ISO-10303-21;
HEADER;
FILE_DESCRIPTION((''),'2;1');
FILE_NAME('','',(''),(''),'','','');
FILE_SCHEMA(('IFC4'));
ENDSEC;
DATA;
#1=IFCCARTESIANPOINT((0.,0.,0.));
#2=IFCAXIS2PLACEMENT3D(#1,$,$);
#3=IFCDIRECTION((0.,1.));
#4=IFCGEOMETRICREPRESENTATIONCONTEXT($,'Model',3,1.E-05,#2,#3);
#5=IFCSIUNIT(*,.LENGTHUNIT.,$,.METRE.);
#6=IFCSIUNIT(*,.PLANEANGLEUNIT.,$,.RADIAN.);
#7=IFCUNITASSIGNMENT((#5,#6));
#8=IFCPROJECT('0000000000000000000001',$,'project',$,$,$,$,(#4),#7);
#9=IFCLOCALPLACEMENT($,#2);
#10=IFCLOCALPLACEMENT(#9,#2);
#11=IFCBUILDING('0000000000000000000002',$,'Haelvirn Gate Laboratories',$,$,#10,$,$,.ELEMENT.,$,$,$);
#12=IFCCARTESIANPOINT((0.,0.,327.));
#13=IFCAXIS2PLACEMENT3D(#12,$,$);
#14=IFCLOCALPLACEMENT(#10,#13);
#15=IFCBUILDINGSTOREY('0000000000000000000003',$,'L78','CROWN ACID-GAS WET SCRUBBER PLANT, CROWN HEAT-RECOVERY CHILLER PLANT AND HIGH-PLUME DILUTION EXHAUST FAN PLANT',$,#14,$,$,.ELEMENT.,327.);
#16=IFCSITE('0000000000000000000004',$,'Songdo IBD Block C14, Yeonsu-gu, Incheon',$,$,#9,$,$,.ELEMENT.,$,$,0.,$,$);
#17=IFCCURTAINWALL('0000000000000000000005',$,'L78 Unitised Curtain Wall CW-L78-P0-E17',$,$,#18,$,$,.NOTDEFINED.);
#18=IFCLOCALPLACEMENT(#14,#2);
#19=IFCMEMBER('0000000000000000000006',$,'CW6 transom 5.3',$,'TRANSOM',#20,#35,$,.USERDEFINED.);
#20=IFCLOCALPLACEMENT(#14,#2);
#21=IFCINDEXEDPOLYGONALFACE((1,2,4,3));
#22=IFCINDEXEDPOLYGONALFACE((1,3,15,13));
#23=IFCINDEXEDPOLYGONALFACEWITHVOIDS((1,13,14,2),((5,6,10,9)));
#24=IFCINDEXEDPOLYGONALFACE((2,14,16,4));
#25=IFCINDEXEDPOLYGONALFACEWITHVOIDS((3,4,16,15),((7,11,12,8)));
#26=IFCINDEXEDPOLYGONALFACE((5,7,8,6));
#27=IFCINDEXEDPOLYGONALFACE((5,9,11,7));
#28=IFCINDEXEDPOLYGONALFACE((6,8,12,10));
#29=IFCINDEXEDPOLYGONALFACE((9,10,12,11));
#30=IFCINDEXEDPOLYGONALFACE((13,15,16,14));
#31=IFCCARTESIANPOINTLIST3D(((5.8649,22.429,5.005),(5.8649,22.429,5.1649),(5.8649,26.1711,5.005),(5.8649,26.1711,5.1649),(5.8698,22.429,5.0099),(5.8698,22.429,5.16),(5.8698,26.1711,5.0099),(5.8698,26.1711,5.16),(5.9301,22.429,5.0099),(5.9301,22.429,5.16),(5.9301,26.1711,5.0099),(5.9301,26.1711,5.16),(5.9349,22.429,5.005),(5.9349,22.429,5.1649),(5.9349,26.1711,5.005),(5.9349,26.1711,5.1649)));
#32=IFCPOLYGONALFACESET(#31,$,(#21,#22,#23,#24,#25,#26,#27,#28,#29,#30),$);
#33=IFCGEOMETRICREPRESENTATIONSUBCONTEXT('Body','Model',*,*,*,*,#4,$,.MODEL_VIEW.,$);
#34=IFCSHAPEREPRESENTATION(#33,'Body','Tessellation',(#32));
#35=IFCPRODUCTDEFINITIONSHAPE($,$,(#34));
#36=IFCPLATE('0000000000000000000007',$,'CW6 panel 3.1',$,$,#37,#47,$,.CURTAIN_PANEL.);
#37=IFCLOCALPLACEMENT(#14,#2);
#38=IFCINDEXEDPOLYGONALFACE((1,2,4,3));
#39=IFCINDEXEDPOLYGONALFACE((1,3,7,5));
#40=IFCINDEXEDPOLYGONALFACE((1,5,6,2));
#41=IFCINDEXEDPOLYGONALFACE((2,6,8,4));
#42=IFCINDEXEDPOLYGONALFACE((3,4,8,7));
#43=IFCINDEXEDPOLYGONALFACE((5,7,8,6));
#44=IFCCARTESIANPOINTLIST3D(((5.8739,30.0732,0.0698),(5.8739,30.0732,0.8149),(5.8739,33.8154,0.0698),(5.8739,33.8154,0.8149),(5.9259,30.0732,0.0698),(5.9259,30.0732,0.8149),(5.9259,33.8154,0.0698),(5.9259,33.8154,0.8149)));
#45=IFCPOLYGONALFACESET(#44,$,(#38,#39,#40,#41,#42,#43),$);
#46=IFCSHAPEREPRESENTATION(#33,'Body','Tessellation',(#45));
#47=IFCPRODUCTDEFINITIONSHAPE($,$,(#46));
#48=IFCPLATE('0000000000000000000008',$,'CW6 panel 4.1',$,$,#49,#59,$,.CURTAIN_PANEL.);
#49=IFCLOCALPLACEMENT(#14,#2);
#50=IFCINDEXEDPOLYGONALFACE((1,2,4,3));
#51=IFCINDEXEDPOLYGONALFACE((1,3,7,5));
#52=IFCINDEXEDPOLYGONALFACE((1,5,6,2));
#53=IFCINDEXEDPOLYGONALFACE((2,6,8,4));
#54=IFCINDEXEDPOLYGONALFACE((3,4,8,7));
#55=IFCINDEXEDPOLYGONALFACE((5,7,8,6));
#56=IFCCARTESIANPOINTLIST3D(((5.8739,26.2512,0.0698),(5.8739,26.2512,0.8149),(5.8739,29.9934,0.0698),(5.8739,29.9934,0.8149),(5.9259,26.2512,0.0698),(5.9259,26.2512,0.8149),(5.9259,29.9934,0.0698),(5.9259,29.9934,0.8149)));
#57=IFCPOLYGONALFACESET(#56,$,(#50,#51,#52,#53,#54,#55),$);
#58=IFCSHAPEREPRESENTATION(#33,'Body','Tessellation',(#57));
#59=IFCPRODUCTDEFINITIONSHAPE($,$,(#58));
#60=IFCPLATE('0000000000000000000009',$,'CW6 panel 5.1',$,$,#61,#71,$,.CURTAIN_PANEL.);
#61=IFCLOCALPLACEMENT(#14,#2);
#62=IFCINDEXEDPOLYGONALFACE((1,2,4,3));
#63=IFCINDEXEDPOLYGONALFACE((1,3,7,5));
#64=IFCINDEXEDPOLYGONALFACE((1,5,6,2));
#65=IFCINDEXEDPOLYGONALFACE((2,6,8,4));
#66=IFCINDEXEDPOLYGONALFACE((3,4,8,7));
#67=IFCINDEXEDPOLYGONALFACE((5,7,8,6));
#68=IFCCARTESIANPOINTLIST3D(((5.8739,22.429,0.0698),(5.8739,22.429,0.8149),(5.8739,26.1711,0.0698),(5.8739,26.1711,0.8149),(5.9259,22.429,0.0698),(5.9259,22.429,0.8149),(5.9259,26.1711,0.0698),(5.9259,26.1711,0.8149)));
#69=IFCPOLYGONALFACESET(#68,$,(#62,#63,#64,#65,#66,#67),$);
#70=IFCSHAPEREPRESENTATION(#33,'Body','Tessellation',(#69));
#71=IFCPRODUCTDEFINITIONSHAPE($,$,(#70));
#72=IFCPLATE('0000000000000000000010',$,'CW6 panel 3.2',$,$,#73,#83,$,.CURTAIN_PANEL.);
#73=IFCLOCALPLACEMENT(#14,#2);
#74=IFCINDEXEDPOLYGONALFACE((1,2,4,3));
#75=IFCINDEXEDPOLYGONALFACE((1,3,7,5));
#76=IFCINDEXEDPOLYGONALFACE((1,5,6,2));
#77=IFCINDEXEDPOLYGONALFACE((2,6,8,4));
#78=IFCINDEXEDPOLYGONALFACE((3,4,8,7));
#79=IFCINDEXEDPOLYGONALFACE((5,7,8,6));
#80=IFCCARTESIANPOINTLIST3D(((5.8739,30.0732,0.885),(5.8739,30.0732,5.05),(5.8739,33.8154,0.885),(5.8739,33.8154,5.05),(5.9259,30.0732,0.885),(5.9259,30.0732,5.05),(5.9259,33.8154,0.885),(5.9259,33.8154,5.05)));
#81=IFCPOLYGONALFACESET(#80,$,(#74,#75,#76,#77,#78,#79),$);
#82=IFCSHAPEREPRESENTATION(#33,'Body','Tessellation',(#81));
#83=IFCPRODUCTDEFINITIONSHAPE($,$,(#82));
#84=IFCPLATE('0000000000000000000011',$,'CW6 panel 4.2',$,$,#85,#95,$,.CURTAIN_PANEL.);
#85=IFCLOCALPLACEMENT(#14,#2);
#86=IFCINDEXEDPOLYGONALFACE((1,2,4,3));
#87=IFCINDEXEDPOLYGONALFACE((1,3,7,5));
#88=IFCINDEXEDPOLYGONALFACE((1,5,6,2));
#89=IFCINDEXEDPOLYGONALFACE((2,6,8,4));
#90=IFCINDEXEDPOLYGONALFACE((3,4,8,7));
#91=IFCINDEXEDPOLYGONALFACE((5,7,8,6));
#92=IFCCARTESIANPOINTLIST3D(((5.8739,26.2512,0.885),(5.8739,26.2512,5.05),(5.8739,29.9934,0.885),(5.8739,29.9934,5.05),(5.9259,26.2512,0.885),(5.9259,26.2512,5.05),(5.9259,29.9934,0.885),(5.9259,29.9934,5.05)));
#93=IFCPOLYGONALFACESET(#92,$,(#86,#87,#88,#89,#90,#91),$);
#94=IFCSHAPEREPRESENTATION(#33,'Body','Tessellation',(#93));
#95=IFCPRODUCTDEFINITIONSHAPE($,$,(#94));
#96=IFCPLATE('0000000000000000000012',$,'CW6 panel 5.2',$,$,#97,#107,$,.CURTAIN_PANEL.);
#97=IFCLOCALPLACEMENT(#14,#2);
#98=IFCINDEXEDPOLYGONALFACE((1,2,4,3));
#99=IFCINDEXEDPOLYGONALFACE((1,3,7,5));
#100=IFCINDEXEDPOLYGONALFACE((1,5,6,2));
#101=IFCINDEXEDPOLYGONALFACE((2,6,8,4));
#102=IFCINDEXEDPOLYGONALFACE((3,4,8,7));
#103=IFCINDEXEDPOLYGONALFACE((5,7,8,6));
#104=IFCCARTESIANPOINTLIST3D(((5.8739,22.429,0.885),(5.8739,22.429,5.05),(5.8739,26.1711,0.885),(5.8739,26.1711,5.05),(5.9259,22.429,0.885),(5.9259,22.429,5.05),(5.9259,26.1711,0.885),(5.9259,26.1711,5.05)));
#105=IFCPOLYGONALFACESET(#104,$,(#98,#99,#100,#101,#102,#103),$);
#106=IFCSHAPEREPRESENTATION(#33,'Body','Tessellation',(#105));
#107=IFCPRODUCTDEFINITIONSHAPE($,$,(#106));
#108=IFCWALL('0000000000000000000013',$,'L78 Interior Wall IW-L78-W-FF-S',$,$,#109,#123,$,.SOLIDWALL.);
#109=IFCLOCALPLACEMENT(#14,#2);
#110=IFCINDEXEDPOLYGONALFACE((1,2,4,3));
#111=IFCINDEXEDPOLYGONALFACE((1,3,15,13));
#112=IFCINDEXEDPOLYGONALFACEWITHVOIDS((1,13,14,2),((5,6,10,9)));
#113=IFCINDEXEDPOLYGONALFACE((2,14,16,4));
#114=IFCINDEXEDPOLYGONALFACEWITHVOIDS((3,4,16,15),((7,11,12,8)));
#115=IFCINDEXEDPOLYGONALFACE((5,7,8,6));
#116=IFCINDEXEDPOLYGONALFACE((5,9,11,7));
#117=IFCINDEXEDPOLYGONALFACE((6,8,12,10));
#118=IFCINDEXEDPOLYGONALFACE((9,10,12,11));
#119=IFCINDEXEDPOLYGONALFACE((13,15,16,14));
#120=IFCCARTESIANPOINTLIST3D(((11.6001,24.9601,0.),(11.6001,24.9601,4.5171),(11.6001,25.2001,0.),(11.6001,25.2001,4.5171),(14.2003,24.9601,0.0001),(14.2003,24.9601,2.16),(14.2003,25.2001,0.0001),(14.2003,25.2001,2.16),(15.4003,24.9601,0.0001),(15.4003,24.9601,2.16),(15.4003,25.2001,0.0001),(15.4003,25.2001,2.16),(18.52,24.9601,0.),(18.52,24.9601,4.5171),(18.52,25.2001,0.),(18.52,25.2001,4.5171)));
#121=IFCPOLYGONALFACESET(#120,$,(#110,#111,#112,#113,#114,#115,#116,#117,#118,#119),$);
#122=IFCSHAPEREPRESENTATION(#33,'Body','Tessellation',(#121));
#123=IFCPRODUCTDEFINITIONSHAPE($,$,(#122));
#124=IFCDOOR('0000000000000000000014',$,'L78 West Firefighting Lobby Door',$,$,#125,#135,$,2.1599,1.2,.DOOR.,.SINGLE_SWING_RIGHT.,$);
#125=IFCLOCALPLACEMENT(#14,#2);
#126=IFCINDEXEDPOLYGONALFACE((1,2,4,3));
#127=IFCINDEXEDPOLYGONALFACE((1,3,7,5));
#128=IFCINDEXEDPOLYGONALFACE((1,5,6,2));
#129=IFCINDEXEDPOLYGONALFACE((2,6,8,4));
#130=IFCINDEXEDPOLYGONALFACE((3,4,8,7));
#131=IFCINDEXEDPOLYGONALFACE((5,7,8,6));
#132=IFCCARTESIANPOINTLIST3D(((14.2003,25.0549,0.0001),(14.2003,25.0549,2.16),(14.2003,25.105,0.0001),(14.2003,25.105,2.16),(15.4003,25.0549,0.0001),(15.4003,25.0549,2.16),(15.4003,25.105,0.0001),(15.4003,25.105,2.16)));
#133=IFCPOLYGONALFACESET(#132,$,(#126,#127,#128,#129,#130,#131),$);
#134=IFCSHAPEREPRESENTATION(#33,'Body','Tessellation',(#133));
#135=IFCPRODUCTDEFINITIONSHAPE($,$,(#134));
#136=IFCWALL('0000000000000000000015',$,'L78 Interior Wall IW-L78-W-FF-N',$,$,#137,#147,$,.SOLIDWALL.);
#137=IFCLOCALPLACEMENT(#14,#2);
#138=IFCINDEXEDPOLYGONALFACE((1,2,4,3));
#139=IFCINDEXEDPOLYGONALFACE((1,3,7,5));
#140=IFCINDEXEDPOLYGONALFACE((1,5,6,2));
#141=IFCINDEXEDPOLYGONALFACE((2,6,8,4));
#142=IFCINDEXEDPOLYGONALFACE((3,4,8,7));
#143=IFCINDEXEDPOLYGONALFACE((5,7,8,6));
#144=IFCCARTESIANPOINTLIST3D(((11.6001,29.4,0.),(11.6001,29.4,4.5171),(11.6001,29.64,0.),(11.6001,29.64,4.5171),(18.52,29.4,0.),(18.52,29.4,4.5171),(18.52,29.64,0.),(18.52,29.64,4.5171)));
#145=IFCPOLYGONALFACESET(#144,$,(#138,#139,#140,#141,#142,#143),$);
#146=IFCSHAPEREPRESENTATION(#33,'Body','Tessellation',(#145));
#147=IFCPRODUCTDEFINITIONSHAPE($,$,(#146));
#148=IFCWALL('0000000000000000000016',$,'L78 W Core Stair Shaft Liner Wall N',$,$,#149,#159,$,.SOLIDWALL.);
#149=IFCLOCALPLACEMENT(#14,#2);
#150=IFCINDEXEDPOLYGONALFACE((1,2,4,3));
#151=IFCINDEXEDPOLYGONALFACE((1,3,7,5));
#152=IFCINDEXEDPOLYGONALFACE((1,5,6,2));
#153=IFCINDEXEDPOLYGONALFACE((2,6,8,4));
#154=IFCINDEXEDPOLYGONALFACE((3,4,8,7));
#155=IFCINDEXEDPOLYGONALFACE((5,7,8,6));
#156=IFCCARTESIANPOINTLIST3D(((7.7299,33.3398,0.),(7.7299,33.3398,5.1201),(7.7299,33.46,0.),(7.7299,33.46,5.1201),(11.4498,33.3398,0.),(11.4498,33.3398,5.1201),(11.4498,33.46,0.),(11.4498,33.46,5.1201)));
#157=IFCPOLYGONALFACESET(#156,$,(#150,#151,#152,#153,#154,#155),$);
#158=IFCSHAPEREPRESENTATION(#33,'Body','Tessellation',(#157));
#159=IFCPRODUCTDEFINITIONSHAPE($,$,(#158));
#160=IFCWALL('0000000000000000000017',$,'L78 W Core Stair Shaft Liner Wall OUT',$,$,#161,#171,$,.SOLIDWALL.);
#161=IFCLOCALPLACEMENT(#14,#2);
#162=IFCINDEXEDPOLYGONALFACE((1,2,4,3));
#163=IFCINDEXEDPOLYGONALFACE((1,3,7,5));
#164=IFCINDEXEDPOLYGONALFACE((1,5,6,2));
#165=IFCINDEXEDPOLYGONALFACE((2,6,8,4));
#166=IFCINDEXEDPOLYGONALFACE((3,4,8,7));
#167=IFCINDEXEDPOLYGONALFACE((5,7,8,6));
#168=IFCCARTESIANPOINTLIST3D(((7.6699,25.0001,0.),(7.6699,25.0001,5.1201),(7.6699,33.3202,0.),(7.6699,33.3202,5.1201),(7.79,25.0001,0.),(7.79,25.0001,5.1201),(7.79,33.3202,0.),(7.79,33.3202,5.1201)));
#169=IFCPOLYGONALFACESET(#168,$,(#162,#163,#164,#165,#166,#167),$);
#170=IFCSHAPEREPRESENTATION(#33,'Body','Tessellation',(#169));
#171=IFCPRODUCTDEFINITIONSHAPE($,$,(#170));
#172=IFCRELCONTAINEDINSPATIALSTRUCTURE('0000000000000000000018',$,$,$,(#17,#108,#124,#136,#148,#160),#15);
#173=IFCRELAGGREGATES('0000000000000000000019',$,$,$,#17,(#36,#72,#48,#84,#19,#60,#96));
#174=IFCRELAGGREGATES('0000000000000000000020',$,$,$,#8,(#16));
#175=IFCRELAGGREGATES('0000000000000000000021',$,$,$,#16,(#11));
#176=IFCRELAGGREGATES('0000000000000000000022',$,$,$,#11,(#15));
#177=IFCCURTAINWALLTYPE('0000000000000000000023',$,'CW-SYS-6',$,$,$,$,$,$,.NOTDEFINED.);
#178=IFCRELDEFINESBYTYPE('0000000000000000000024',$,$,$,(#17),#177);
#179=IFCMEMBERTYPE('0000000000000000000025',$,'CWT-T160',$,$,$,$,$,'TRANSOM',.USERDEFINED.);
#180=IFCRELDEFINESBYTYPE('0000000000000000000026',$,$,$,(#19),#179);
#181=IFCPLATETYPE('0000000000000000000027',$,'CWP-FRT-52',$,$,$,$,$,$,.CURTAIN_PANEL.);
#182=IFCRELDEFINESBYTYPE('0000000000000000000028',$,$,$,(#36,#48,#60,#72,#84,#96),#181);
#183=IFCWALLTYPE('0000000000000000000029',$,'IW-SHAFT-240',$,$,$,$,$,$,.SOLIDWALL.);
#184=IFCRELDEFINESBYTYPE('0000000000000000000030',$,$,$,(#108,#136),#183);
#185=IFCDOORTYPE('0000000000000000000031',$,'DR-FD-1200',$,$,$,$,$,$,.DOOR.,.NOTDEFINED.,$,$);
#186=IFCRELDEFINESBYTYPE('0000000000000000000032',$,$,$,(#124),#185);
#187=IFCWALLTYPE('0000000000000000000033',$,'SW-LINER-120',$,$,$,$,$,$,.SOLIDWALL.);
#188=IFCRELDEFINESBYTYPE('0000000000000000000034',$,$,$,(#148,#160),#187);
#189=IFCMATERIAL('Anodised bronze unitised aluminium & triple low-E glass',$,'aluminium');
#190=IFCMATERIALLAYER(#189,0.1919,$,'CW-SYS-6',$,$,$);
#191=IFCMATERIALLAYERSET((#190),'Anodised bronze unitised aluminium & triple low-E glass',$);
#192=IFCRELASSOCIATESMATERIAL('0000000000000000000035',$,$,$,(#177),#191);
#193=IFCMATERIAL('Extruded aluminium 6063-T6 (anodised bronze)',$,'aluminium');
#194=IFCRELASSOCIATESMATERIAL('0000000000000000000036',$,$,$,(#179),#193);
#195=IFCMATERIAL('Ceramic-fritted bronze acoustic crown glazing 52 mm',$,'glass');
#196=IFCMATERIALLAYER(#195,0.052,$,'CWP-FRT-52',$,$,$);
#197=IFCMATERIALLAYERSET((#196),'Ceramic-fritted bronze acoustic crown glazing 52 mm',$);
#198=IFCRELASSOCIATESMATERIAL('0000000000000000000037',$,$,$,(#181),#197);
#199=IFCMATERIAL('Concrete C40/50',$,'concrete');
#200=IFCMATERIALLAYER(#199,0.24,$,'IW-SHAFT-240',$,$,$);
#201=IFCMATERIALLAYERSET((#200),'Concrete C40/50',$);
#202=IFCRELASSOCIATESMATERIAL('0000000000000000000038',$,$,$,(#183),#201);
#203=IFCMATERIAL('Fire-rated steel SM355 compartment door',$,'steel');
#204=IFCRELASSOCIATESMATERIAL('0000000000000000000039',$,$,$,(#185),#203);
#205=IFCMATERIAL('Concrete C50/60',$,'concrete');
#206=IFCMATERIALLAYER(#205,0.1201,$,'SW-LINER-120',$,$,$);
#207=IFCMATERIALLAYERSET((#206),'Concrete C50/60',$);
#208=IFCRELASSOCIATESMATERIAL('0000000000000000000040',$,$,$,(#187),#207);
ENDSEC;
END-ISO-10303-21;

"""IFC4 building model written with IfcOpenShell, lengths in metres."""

from ifc_helpers import new_model, si_unit, direction, frame, frame_2d, origin, origin_2d, place, context, subcontext, project, spatial, rectangle, hollow_rectangle, extrude, source, transform, mapped, material, layer, layer_set, material_profile, profile_set, type_object, type_shapes, element, fill, aggregate, save


model = new_model("IFC4")

# Units and contexts
model_context = context("Model", 3, precision=1e-05, world=origin(), true_north=direction((0.0, 1.0)))
body_context = subcontext(model_context, "Body", "Model", "MODEL_VIEW")
ifc_project = project(units=[si_unit("LENGTHUNIT", "METRE"), si_unit("PLANEANGLEUNIT", "RADIAN")], contexts=[model_context])

# Site, building, storey
site_placement = place(None, origin())
site = spatial("IfcSite", under=ifc_project, at=site_placement, Name="Songdo IBD Block C14, Yeonsu-gu, Incheon", CompositionType="ELEMENT", RefElevation=0.0)
building_placement = place(site_placement, origin())
building = spatial("IfcBuilding", under=site, at=building_placement, Name="Haelvirn Gate Laboratories", CompositionType="ELEMENT")
storey_placement = place(building_placement, frame((0.0, 0.0, 327.0)))
storey = spatial("IfcBuildingStorey", under=building, at=storey_placement, Name="L78", Description="CROWN ACID-GAS WET SCRUBBER PLANT, CROWN HEAT-RECOVERY CHILLER PLANT AND HIGH-PLUME DILUTION EXHAUST FAN PLANT", CompositionType="ELEMENT", Elevation=327.0)

# Shared definitions
ifc_material_1 = material(Name="Concrete C50/60", Category="concrete")

# Curtain wall, member, plates
ifc_material_2 = material(Name="Anodised bronze unitised aluminium & triple low-E glass", Category="aluminium")
ifc_layer_1 = layer(ifc_material_2, 0.1919, Name="CW-SYS-6")
ifc_layer_set_1 = layer_set([ifc_layer_1], Name="Anodised bronze unitised aluminium & triple low-E glass")
curtain_wall_type = type_object("IfcCurtainWallType", Name="CW-SYS-6", PredefinedType="NOTDEFINED", material=ifc_layer_set_1)
curtain_wall_placement = place(storey_placement, origin())
curtain_wall = element("IfcCurtainWall", 1, at=curtain_wall_placement, inside=storey, type_object=curtain_wall_type, Name="L78 Unitised Curtain Wall CW-L78-P0-E17", PredefinedType="NOTDEFINED")
ifc_material_3 = material(Name="Extruded aluminium 6063-T6 (anodised bronze)", Category="aluminium")
ifc_material_profile_1 = material_profile(ifc_material_3, hollow_rectangle(XDim=0.0701, YDim=0.1599, WallThickness=0.0049, at=origin_2d()), Name="CWT-160x70x5")
ifc_profile_set_1 = profile_set([ifc_material_profile_1], Name="Extruded aluminium 6063-T6 (anodised bronze)")
member_type_1 = type_object("IfcMemberType", Name="CWT-T160", ElementType="TRANSOM", PredefinedType="USERDEFINED", material=ifc_profile_set_1)
shared_shape_1 = source(origin(), body_context, "Body", "SweptSolid", [
    extrude(hollow_rectangle(XDim=0.0701, YDim=0.1599, WallThickness=0.0049, at=origin_2d()), origin(), (0.0, 0.0, 1.0), 3.7422),
])
type_shapes(member_type_1, [shared_shape_1])
member_1_placement = place(storey_placement, frame((5.8999, 26.1711, 5.085), z_axis=(0.0, -1.0, 0.0), x_axis=(1.0, 0.0, 0.0)))
member_1 = element("IfcMember", 2, at=member_1_placement, type_object=member_type_1, Name="CW6 transom 5.3", ObjectType="TRANSOM", PredefinedType="USERDEFINED", context=body_context, shape_type="MappedRepresentation", body=[
    mapped(shared_shape_1, transform((0.0, 0.0, 0.0), scale=1.0)),
])
ifc_material_4 = material(Name="Ceramic-fritted bronze acoustic crown glazing 52 mm", Category="glass")
ifc_layer_2 = layer(ifc_material_4, 0.052, Name="CWP-FRT-52")
ifc_layer_set_2 = layer_set([ifc_layer_2], Name="Ceramic-fritted bronze acoustic crown glazing 52 mm")
plate_type = type_object("IfcPlateType", Name="CWP-FRT-52", PredefinedType="CURTAIN_PANEL", material=ifc_layer_set_2)
shared_shape_2 = source(origin(), body_context, "Body", "SweptSolid", [
    extrude(rectangle(XDim=3.7422, YDim=0.052, at=origin_2d()), origin(), (0.0, 0.0, 1.0), 0.7451),
])
plate_1_placement = place(storey_placement, frame((5.8999, 31.9443, 0.0698), z_axis=(0.0, 0.0, 1.0), x_axis=(0.0, -1.0, 0.0)))
plate_1 = element("IfcPlate", 3, at=plate_1_placement, type_object=plate_type, Name="CW6 panel 3.1", PredefinedType="CURTAIN_PANEL", context=body_context, shape_type="MappedRepresentation", body=[
    mapped(shared_shape_2, transform((0.0, 0.0, 0.0), scale=1.0)),
])
plate_2_placement = place(storey_placement, frame((5.8999, 28.1223, 0.0698), z_axis=(0.0, 0.0, 1.0), x_axis=(0.0, -1.0, 0.0)))
plate_2 = element("IfcPlate", 4, at=plate_2_placement, type_object=plate_type, Name="CW6 panel 4.1", PredefinedType="CURTAIN_PANEL", context=body_context, shape_type="MappedRepresentation", body=[
    mapped(shared_shape_2, transform((0.0, 0.0, 0.0), scale=1.0)),
])
plate_3_placement = place(storey_placement, frame((5.8999, 24.3, 0.0698), z_axis=(0.0, 0.0, 1.0), x_axis=(0.0, -1.0, 0.0)))
plate_3 = element("IfcPlate", 5, at=plate_3_placement, type_object=plate_type, Name="CW6 panel 5.1", PredefinedType="CURTAIN_PANEL", context=body_context, shape_type="MappedRepresentation", body=[
    mapped(shared_shape_2, transform((0.0, 0.0, 0.0), scale=1.0)),
])
shared_shape_3 = source(origin(), body_context, "Body", "SweptSolid", [
    extrude(rectangle(XDim=3.7422, YDim=0.052, at=origin_2d()), origin(), (0.0, 0.0, 1.0), 4.165),
])
type_shapes(plate_type, [shared_shape_2, shared_shape_3])
plate_4_placement = place(storey_placement, frame((5.8999, 31.9443, 0.885), z_axis=(0.0, 0.0, 1.0), x_axis=(0.0, -1.0, 0.0)))
plate_4 = element("IfcPlate", 6, at=plate_4_placement, type_object=plate_type, Name="CW6 panel 3.2", PredefinedType="CURTAIN_PANEL", context=body_context, shape_type="MappedRepresentation", body=[
    mapped(shared_shape_3, transform((0.0, 0.0, 0.0), scale=1.0)),
])
plate_5_placement = place(storey_placement, frame((5.8999, 28.1223, 0.885), z_axis=(0.0, 0.0, 1.0), x_axis=(0.0, -1.0, 0.0)))
plate_5 = element("IfcPlate", 7, at=plate_5_placement, type_object=plate_type, Name="CW6 panel 4.2", PredefinedType="CURTAIN_PANEL", context=body_context, shape_type="MappedRepresentation", body=[
    mapped(shared_shape_3, transform((0.0, 0.0, 0.0), scale=1.0)),
])
plate_6_placement = place(storey_placement, frame((5.8999, 24.3, 0.885), z_axis=(0.0, 0.0, 1.0), x_axis=(0.0, -1.0, 0.0)))
plate_6 = element("IfcPlate", 8, at=plate_6_placement, type_object=plate_type, Name="CW6 panel 5.2", PredefinedType="CURTAIN_PANEL", context=body_context, shape_type="MappedRepresentation", body=[
    mapped(shared_shape_3, transform((0.0, 0.0, 0.0), scale=1.0)),
])
aggregate(curtain_wall, [plate_1, plate_4, plate_2, plate_5, member_1, plate_3, plate_6])

# Wall, opening, door
ifc_material_5 = material(Name="Concrete C40/50", Category="concrete")
ifc_layer_3 = layer(ifc_material_5, 0.24, Name="IW-SHAFT-240")
ifc_layer_set_3 = layer_set([ifc_layer_3], Name="Concrete C40/50")
wall_type_1 = type_object("IfcWallType", Name="IW-SHAFT-240", PredefinedType="SOLIDWALL", material=ifc_layer_set_3)
wall_1_placement = place(storey_placement, frame((11.6001, 25.0801, 0.0), z_axis=(0.0, 0.0, 1.0), x_axis=(1.0, 0.0, 0.0)))
wall_1 = element("IfcWall", 9, at=wall_1_placement, inside=storey, type_object=wall_type_1, Name="L78 Interior Wall IW-L78-W-FF-S", PredefinedType="SOLIDWALL", context=body_context, shape_type="SweptSolid", body=[
    extrude(rectangle(XDim=6.9199, YDim=0.24, at=frame_2d((3.46, 0.0))), origin(), (0.0, 0.0, 1.0), 4.5171),
])
opening_1_placement = place(wall_1_placement, frame((2.6001, 0.0, 0.0)))
opening_1 = element("IfcOpeningElement", 10, at=opening_1_placement, cuts=wall_1, PredefinedType="OPENING", context=body_context, shape_type="SweptSolid", body=[
    extrude(rectangle(XDim=1.2, YDim=2.1599, at=frame_2d((0.6001, 1.0801))), frame((0.0, 0.1299, 0.0), z_axis=(0.0, -1.0, 0.0), x_axis=(1.0, 0.0, 0.0)), (0.0, 0.0, 1.0), 0.26),
])
ifc_material_6 = material(Name="Fire-rated steel SM355 compartment door", Category="steel")
door_type_1 = type_object("IfcDoorType", Name="DR-FD-1200", OperationType="NOTDEFINED", PredefinedType="DOOR", material=ifc_material_6)
shared_shape_4 = source(origin(), body_context, "Body", "SweptSolid", [
    extrude(rectangle(XDim=1.2, YDim=2.1599, at=frame_2d((0.6001, 1.0801))), frame((0.0, 0.0249, 0.0), z_axis=(0.0, -1.0, 0.0), x_axis=(1.0, 0.0, 0.0)), (0.0, 0.0, 1.0), 0.05),
])
type_shapes(door_type_1, [shared_shape_4])
door_1_placement = place(opening_1_placement, origin())
door_1 = element("IfcDoor", 11, at=door_1_placement, inside=storey, type_object=door_type_1, Name="L78 West Firefighting Lobby Door", OperationType="SINGLE_SWING_RIGHT", OverallHeight=2.1599, OverallWidth=1.2, PredefinedType="DOOR", context=body_context, shape_type="MappedRepresentation", body=[
    mapped(shared_shape_4, transform((0.0, 0.0, 0.0), scale=1.0)),
])
fill(opening_1, door_1)

# Wall
wall_2_placement = place(storey_placement, frame((11.6001, 29.52, 0.0), z_axis=(0.0, 0.0, 1.0), x_axis=(1.0, 0.0, 0.0)))
element("IfcWall", 12, at=wall_2_placement, inside=storey, type_object=wall_type_1, Name="L78 Interior Wall IW-L78-W-FF-N", PredefinedType="SOLIDWALL", context=body_context, shape_type="SweptSolid", body=[
    extrude(rectangle(XDim=6.9199, YDim=0.24, at=frame_2d((3.46, 0.0))), origin(), (0.0, 0.0, 1.0), 4.5171),
])

# Walls
ifc_layer_4 = layer(ifc_material_1, 0.1201, Name="SW-LINER-120")
ifc_layer_set_4 = layer_set([ifc_layer_4], Name="Concrete C50/60")
wall_type_2 = type_object("IfcWallType", Name="SW-LINER-120", PredefinedType="SOLIDWALL", material=ifc_layer_set_4)
wall_3_placement = place(storey_placement, frame((7.73, 33.3999, 0.0), z_axis=(0.0, 0.0, 1.0), x_axis=(1.0, 0.0, 0.0)))
element("IfcWall", 13, at=wall_3_placement, inside=storey, type_object=wall_type_2, Name="L78 W Core Stair Shaft Liner Wall N", PredefinedType="SOLIDWALL", context=body_context, shape_type="SweptSolid", body=[
    extrude(rectangle(XDim=3.72, YDim=0.1201, at=frame_2d((1.8599, 0.0))), origin(), (0.0, 0.0, 1.0), 5.1201),
])
wall_4_placement = place(storey_placement, frame((7.73, 25.0, 0.0), z_axis=(0.0, 0.0, 1.0), x_axis=(0.0, 1.0, 0.0)))
element("IfcWall", 14, at=wall_4_placement, inside=storey, type_object=wall_type_2, Name="L78 W Core Stair Shaft Liner Wall OUT", PredefinedType="SOLIDWALL", context=body_context, shape_type="SweptSolid", body=[
    extrude(rectangle(XDim=8.3201, YDim=0.1201, at=frame_2d((4.1602, 0.0))), origin(), (0.0, 0.0, 1.0), 5.1201),
])

save(model, "model.ifc")
